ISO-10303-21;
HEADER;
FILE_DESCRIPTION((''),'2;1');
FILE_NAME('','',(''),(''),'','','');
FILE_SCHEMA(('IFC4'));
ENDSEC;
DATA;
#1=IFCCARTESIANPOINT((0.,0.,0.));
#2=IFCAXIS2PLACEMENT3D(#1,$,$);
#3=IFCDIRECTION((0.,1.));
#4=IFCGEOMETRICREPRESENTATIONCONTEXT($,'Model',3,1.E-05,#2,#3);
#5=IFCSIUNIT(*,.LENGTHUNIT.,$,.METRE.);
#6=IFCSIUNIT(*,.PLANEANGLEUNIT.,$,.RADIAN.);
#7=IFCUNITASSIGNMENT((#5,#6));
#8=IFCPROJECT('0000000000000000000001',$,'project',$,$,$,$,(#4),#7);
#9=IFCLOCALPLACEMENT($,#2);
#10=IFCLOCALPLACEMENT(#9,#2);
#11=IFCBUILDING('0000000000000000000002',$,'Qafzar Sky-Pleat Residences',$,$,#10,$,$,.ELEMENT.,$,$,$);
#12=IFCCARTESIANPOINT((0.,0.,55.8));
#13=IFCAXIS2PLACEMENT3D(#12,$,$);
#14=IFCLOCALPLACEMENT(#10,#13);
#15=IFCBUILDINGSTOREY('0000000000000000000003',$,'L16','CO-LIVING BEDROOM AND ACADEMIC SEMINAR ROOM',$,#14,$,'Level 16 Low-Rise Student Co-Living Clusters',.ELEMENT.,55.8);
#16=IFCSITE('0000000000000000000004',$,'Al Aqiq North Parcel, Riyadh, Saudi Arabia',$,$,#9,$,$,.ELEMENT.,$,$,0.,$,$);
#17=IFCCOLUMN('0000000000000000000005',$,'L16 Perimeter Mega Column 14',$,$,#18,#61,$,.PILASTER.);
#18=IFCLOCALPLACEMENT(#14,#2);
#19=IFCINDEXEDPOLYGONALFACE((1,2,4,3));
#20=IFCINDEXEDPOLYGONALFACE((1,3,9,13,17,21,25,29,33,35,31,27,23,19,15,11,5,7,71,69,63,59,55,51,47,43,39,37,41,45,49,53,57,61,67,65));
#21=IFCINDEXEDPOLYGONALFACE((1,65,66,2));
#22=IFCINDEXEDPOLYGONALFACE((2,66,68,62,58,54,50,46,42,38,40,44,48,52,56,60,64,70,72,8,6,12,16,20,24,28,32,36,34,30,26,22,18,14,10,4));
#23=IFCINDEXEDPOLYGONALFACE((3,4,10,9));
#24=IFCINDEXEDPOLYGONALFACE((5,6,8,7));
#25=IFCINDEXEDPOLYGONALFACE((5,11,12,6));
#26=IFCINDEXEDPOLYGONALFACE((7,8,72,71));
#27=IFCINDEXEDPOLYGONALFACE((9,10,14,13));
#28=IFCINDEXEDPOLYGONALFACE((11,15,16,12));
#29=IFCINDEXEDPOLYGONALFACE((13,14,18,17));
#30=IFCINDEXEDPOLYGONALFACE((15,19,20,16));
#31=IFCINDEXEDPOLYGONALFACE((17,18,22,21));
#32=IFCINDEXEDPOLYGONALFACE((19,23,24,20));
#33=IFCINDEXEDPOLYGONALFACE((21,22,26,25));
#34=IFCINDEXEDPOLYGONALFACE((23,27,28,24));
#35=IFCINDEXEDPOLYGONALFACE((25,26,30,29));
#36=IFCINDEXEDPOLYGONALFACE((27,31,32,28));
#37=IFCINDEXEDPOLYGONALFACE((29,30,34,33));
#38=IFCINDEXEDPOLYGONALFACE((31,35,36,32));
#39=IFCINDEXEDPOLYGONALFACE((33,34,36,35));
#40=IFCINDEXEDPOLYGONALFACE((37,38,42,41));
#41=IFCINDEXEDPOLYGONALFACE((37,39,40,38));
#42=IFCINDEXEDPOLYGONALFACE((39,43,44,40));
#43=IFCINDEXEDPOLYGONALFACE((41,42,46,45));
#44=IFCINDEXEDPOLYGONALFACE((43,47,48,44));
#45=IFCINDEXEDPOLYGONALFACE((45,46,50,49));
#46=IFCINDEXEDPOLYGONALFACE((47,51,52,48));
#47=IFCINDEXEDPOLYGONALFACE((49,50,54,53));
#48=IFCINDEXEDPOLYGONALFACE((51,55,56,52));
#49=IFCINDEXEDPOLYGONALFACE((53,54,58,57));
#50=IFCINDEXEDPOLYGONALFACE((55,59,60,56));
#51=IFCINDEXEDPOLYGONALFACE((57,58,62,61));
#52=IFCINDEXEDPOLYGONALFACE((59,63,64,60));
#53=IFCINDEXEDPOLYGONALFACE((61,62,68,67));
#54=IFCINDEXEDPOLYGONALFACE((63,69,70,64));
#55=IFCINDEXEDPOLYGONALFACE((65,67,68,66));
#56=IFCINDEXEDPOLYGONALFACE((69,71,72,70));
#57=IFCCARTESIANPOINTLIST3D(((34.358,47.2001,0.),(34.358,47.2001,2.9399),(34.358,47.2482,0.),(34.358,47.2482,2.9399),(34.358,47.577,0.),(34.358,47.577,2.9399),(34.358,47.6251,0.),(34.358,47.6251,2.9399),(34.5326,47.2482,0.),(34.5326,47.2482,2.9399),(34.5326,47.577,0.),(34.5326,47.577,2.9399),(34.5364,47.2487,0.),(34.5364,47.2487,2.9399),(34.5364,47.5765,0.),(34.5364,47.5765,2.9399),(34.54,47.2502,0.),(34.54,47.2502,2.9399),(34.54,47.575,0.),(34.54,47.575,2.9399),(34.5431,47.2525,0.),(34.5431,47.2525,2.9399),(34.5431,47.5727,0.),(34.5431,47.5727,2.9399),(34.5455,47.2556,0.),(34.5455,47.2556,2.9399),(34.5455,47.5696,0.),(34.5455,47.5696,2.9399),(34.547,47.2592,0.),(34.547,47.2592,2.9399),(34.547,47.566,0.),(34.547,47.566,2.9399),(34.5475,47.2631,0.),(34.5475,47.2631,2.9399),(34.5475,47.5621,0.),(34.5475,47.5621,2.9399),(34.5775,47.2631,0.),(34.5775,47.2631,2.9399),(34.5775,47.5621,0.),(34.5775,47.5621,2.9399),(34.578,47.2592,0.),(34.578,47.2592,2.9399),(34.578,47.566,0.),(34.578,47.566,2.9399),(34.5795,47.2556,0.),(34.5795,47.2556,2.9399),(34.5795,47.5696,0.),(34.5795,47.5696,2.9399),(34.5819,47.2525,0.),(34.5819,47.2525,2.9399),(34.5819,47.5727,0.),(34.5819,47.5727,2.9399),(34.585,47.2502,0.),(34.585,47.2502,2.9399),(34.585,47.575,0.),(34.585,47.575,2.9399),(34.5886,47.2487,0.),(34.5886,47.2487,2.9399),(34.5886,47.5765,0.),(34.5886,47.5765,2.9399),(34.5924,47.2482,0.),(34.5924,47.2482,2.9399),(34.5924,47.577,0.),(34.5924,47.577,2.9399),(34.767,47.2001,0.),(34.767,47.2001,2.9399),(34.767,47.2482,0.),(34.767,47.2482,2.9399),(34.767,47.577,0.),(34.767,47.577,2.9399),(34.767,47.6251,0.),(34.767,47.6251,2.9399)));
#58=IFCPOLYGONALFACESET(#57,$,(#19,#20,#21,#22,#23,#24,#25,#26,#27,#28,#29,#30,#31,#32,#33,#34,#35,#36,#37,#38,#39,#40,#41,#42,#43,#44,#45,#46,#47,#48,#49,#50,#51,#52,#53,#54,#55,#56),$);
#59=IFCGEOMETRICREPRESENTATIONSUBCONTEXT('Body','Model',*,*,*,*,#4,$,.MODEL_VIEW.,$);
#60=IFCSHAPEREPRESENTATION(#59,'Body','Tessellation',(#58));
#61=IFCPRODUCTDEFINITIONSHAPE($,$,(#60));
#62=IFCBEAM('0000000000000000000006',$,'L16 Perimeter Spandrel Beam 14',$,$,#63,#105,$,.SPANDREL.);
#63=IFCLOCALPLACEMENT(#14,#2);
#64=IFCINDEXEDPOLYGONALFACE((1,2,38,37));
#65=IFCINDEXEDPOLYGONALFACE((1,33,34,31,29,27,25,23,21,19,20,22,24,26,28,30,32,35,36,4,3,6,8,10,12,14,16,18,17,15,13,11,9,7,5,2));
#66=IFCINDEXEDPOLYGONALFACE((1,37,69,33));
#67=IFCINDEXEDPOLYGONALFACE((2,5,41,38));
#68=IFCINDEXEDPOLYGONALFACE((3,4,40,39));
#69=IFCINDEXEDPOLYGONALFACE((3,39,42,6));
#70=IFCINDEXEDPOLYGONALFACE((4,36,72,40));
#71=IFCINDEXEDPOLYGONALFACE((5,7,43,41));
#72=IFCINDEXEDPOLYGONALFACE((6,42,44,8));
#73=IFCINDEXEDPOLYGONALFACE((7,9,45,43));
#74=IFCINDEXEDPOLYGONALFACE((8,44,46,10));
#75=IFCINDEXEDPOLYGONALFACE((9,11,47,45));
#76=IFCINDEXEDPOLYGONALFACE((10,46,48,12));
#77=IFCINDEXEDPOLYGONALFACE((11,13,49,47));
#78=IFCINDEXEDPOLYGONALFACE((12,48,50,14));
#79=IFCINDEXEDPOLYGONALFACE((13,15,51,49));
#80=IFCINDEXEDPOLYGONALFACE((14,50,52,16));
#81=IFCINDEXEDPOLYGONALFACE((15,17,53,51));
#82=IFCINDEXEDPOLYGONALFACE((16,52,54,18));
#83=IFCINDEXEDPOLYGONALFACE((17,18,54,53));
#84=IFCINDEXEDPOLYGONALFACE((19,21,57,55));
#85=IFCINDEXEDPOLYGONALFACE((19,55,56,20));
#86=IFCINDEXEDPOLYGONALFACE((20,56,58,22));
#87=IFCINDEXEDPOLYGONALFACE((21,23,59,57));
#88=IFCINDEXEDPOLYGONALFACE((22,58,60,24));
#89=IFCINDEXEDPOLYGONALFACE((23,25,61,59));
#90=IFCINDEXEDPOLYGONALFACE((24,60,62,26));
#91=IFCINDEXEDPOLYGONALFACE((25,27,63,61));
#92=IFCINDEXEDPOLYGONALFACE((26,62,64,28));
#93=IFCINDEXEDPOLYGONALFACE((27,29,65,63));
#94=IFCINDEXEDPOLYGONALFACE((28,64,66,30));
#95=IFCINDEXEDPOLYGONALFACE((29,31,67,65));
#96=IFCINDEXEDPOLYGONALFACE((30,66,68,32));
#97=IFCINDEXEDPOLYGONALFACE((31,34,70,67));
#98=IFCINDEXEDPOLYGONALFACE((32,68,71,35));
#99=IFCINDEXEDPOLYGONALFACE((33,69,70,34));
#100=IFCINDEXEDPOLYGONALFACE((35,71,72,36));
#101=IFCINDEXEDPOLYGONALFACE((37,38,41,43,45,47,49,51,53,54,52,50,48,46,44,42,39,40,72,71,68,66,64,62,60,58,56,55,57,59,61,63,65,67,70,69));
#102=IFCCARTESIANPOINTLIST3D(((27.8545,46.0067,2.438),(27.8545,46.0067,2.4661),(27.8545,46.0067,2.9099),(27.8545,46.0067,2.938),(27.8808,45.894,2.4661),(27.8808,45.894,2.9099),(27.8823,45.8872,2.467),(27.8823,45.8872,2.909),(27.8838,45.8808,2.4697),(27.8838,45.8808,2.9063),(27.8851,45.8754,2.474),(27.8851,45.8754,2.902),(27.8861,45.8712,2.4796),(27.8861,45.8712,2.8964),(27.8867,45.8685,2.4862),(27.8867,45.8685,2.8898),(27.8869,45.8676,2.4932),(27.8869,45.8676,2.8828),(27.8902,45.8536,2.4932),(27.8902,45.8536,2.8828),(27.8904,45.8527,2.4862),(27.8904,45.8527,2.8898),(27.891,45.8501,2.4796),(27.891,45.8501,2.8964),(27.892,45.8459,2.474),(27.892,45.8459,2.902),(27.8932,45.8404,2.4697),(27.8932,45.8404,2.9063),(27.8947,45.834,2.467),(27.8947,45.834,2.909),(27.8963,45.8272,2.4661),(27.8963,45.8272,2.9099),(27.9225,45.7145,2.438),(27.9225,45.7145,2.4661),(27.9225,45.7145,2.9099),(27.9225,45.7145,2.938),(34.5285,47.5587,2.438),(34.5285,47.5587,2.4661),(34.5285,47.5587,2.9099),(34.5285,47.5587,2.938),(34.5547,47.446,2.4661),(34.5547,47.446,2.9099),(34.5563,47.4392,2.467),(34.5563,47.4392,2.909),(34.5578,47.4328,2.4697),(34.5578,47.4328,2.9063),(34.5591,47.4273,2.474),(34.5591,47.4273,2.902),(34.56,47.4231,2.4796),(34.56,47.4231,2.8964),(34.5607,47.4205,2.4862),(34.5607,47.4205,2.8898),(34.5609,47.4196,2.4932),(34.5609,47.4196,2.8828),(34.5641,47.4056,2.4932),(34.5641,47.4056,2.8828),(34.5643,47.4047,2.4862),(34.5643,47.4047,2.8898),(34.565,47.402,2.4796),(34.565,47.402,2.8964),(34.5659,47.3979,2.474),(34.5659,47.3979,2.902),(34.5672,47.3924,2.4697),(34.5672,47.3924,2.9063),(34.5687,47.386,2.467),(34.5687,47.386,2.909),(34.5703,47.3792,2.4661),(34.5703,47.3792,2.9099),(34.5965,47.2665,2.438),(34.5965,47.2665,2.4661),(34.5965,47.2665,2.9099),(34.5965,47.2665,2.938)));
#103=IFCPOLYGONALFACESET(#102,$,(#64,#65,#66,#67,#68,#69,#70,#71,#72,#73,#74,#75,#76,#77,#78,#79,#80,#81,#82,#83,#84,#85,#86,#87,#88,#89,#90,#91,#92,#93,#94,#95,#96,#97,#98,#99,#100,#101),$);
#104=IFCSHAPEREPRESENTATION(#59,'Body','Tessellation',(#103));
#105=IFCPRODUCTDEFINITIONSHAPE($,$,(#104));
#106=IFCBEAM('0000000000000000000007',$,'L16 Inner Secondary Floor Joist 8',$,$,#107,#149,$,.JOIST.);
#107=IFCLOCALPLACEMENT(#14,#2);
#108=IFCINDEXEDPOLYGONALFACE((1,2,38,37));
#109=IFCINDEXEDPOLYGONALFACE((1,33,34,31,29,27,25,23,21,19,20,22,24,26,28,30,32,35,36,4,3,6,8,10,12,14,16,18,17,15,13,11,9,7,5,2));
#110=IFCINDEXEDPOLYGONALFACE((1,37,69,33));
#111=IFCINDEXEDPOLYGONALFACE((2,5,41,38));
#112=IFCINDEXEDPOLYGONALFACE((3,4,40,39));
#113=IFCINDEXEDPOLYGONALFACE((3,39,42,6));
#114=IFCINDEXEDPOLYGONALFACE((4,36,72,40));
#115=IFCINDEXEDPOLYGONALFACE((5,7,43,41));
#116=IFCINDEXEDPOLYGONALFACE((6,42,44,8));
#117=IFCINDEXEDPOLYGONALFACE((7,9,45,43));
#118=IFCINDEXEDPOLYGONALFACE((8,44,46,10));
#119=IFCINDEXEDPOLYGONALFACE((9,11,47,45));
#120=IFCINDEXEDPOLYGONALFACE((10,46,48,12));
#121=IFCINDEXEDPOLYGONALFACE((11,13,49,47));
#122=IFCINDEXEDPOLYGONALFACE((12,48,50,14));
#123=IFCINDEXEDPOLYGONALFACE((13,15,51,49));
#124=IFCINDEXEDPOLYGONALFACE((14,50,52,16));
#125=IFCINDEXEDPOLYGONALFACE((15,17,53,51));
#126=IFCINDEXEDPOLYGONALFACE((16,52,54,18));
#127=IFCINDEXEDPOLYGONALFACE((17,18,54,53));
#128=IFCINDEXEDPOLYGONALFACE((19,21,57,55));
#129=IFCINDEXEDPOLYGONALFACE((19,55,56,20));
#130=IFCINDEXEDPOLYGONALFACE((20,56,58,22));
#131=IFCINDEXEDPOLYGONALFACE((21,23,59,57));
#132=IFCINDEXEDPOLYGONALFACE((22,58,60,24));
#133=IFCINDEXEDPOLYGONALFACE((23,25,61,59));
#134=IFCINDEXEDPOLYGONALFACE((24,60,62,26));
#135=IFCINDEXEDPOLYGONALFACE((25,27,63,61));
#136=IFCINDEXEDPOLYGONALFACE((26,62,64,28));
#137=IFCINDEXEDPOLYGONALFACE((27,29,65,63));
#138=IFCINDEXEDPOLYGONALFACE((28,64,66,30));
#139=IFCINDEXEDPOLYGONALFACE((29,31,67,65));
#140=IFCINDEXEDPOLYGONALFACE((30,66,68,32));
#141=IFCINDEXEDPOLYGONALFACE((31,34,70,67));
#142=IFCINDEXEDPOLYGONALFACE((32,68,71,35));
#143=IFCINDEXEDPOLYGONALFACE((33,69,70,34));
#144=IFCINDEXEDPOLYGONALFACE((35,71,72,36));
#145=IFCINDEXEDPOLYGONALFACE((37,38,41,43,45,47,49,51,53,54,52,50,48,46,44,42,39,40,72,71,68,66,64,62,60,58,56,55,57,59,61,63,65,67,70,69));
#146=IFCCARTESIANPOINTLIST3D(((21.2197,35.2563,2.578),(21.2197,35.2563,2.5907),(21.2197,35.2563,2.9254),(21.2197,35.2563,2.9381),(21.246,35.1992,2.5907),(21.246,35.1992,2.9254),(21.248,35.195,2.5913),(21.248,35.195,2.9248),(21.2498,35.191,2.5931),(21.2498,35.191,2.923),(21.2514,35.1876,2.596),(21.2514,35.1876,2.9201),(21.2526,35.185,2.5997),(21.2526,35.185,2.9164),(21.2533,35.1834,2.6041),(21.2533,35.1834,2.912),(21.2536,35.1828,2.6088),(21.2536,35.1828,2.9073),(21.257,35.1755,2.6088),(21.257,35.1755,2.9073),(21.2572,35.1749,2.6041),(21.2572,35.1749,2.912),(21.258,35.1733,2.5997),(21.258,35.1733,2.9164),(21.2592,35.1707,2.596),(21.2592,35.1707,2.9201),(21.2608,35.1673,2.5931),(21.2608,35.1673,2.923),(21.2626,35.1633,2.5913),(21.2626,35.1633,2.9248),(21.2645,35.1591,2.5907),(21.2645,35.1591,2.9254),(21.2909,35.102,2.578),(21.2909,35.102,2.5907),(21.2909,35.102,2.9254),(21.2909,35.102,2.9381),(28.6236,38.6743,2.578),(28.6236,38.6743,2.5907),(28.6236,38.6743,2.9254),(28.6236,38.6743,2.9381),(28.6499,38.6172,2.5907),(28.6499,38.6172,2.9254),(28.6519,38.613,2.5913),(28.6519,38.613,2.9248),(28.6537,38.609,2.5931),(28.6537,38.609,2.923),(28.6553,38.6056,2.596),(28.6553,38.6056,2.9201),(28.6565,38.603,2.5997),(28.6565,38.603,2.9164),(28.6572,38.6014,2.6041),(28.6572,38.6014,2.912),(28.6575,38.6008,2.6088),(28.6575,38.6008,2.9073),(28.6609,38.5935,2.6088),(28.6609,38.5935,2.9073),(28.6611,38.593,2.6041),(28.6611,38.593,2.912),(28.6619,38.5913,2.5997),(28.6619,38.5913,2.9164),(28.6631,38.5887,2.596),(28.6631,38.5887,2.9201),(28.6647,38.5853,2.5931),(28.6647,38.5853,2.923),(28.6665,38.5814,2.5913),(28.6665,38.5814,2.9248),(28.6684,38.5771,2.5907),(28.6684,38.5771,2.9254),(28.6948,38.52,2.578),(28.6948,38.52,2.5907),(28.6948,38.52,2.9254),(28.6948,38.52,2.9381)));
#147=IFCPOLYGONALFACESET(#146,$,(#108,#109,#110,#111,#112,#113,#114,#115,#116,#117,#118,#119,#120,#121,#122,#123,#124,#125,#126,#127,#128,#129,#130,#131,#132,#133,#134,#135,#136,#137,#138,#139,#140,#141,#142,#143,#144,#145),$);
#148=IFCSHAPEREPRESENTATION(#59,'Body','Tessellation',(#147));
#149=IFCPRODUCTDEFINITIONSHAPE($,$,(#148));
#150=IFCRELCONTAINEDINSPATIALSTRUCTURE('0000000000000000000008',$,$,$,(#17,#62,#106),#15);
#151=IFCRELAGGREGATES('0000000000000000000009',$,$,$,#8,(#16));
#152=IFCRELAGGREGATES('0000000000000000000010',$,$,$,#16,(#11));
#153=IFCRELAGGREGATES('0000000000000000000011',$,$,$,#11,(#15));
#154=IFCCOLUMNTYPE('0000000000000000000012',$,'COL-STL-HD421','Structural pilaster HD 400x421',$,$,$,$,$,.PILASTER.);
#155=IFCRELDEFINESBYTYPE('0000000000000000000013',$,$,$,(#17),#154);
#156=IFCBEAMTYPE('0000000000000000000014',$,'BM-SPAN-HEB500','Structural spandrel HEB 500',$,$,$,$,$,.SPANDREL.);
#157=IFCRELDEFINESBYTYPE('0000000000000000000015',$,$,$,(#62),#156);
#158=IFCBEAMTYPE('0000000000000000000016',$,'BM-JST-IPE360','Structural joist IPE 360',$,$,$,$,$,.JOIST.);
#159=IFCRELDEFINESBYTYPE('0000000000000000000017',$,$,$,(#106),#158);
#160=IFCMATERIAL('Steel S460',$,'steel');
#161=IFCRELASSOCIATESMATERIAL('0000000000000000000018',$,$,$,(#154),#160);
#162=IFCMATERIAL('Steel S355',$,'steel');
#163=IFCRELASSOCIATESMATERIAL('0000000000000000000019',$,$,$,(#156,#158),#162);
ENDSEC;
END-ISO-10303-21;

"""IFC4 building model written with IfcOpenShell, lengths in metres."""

from ifc_helpers import new_model, si_unit, direction, frame, origin, origin_2d, place, context, subcontext, project, spatial, i_section, extrude, source, transform, mapped, material, material_profile, profile_set, type_object, element, save


model = new_model("IFC4")

# Units and contexts
model_context = context("Model", 3, precision=1e-05, world=origin(), true_north=direction((0.0, 1.0)))
body_context = subcontext(model_context, "Body", "Model", "MODEL_VIEW")
ifc_project = project(units=[si_unit("LENGTHUNIT", "METRE"), si_unit("PLANEANGLEUNIT", "RADIAN")], contexts=[model_context])

# Site, building, storey
site_placement = place(None, origin())
site = spatial("IfcSite", under=ifc_project, at=site_placement, Name="Al Aqiq North Parcel, Riyadh, Saudi Arabia", CompositionType="ELEMENT", RefElevation=0.0)
building_placement = place(site_placement, origin())
building = spatial("IfcBuilding", under=site, at=building_placement, Name="Qafzar Sky-Pleat Residences", CompositionType="ELEMENT")
storey_placement = place(building_placement, frame((0.0, 0.0, 55.8)))
storey = spatial("IfcBuildingStorey", under=building, at=storey_placement, Name="L16", Description="CO-LIVING BEDROOM AND ACADEMIC SEMINAR ROOM", LongName="Level 16 Low-Rise Student Co-Living Clusters", CompositionType="ELEMENT", Elevation=55.8)

# Column
ifc_material_1 = material(Name="Steel S460", Category="steel")
ifc_material_profile_1 = material_profile(ifc_material_1, i_section(OverallWidth=0.4089, OverallDepth=0.425, WebThickness=0.03, FlangeThickness=0.0481, FilletRadius=0.0149, at=origin_2d()), Name="HD 400x421")
ifc_profile_set_1 = profile_set([ifc_material_profile_1], Name="Steel S460")
column_type = type_object("IfcColumnType", Name="COL-STL-HD421", Description="Structural pilaster HD 400x421", PredefinedType="PILASTER", material=ifc_profile_set_1)
shared_shape_1 = source(origin(), body_context, "Body", "SweptSolid", [
    extrude(i_section(OverallWidth=0.4089, OverallDepth=0.425, WebThickness=0.03, FlangeThickness=0.0481, FilletRadius=0.0149, at=origin_2d()), origin(), (0.0, 0.0, 1.0), 2.9399),
])
column_placement = place(storey_placement, frame((34.5625, 47.4126, 0.0), z_axis=(0.0, 0.0, 1.0), x_axis=(1.0, 0.0, 0.0)))
element("IfcColumn", 1, at=column_placement, inside=storey, type_object=column_type, Name="L16 Perimeter Mega Column 14", PredefinedType="PILASTER", context=body_context, shape_type="MappedRepresentation", body=[
    mapped(shared_shape_1, transform((0.0, 0.0, 0.0), x_axis=(1.0, 0.0, 0.0), y_axis=(0.0, 1.0, 0.0), z_axis=(0.0, 0.0, 1.0), scale=1.0)),
])

# Beams
ifc_material_2 = material(Name="Steel S355", Category="steel")
ifc_material_profile_2 = material_profile(ifc_material_2, i_section(OverallWidth=0.3, OverallDepth=0.5, WebThickness=0.0144, FlangeThickness=0.0281, FilletRadius=0.0271, at=origin_2d()), Name="HEB 500")
ifc_profile_set_2 = profile_set([ifc_material_profile_2], Name="Steel S355")
beam_type_1 = type_object("IfcBeamType", Name="BM-SPAN-HEB500", Description="Structural spandrel HEB 500", PredefinedType="SPANDREL", material=ifc_profile_set_2)
shared_shape_2 = source(origin(), body_context, "Body", "SweptSolid", [
    extrude(i_section(OverallWidth=0.3, OverallDepth=0.5, WebThickness=0.0144, FlangeThickness=0.0281, FilletRadius=0.0271, at=origin_2d()), origin(), (0.0, 0.0, 1.0), 6.8521),
])
beam_1_placement = place(storey_placement, frame((34.5625, 47.4126, 2.688), z_axis=(-0.974012, -0.226499, 0.0), x_axis=(0.226499, -0.974012, 0.0)))
element("IfcBeam", 2, at=beam_1_placement, inside=storey, type_object=beam_type_1, Name="L16 Perimeter Spandrel Beam 14", PredefinedType="SPANDREL", context=body_context, shape_type="MappedRepresentation", body=[
    mapped(shared_shape_2, transform((0.0, 0.0, 0.0), x_axis=(1.0, 0.0, 0.0), y_axis=(0.0, 1.0, 0.0), z_axis=(0.0, 0.0, 1.0), scale=1.0)),
])
ifc_material_profile_3 = material_profile(ifc_material_2, i_section(OverallWidth=0.1699, OverallDepth=0.3601, WebThickness=0.0081, FlangeThickness=0.0127, FilletRadius=0.0181, at=origin_2d()), Name="IPE 360")
ifc_profile_set_3 = profile_set([ifc_material_profile_3], Name="Steel S355")
beam_type_2 = type_object("IfcBeamType", Name="BM-JST-IPE360", Description="Structural joist IPE 360", PredefinedType="JOIST", material=ifc_profile_set_3)
shared_shape_3 = source(origin(), body_context, "Body", "SweptSolid", [
    extrude(i_section(OverallWidth=0.1699, OverallDepth=0.3601, WebThickness=0.0081, FlangeThickness=0.0127, FilletRadius=0.0181, at=origin_2d()), origin(), (0.0, 0.0, 1.0), 8.1548),
])
beam_2_placement = place(storey_placement, frame((28.6592, 38.5972, 2.7581), z_axis=(-0.907921, -0.419142, 0.0), x_axis=(0.419142, -0.907921, 0.0)))
element("IfcBeam", 3, at=beam_2_placement, inside=storey, type_object=beam_type_2, Name="L16 Inner Secondary Floor Joist 8", PredefinedType="JOIST", context=body_context, shape_type="MappedRepresentation", body=[
    mapped(shared_shape_3, transform((0.0, 0.0, 0.0), x_axis=(1.0, 0.0, 0.0), y_axis=(0.0, 1.0, 0.0), z_axis=(0.0, 0.0, 1.0), scale=1.0)),
])

save(model, "model.ifc")
